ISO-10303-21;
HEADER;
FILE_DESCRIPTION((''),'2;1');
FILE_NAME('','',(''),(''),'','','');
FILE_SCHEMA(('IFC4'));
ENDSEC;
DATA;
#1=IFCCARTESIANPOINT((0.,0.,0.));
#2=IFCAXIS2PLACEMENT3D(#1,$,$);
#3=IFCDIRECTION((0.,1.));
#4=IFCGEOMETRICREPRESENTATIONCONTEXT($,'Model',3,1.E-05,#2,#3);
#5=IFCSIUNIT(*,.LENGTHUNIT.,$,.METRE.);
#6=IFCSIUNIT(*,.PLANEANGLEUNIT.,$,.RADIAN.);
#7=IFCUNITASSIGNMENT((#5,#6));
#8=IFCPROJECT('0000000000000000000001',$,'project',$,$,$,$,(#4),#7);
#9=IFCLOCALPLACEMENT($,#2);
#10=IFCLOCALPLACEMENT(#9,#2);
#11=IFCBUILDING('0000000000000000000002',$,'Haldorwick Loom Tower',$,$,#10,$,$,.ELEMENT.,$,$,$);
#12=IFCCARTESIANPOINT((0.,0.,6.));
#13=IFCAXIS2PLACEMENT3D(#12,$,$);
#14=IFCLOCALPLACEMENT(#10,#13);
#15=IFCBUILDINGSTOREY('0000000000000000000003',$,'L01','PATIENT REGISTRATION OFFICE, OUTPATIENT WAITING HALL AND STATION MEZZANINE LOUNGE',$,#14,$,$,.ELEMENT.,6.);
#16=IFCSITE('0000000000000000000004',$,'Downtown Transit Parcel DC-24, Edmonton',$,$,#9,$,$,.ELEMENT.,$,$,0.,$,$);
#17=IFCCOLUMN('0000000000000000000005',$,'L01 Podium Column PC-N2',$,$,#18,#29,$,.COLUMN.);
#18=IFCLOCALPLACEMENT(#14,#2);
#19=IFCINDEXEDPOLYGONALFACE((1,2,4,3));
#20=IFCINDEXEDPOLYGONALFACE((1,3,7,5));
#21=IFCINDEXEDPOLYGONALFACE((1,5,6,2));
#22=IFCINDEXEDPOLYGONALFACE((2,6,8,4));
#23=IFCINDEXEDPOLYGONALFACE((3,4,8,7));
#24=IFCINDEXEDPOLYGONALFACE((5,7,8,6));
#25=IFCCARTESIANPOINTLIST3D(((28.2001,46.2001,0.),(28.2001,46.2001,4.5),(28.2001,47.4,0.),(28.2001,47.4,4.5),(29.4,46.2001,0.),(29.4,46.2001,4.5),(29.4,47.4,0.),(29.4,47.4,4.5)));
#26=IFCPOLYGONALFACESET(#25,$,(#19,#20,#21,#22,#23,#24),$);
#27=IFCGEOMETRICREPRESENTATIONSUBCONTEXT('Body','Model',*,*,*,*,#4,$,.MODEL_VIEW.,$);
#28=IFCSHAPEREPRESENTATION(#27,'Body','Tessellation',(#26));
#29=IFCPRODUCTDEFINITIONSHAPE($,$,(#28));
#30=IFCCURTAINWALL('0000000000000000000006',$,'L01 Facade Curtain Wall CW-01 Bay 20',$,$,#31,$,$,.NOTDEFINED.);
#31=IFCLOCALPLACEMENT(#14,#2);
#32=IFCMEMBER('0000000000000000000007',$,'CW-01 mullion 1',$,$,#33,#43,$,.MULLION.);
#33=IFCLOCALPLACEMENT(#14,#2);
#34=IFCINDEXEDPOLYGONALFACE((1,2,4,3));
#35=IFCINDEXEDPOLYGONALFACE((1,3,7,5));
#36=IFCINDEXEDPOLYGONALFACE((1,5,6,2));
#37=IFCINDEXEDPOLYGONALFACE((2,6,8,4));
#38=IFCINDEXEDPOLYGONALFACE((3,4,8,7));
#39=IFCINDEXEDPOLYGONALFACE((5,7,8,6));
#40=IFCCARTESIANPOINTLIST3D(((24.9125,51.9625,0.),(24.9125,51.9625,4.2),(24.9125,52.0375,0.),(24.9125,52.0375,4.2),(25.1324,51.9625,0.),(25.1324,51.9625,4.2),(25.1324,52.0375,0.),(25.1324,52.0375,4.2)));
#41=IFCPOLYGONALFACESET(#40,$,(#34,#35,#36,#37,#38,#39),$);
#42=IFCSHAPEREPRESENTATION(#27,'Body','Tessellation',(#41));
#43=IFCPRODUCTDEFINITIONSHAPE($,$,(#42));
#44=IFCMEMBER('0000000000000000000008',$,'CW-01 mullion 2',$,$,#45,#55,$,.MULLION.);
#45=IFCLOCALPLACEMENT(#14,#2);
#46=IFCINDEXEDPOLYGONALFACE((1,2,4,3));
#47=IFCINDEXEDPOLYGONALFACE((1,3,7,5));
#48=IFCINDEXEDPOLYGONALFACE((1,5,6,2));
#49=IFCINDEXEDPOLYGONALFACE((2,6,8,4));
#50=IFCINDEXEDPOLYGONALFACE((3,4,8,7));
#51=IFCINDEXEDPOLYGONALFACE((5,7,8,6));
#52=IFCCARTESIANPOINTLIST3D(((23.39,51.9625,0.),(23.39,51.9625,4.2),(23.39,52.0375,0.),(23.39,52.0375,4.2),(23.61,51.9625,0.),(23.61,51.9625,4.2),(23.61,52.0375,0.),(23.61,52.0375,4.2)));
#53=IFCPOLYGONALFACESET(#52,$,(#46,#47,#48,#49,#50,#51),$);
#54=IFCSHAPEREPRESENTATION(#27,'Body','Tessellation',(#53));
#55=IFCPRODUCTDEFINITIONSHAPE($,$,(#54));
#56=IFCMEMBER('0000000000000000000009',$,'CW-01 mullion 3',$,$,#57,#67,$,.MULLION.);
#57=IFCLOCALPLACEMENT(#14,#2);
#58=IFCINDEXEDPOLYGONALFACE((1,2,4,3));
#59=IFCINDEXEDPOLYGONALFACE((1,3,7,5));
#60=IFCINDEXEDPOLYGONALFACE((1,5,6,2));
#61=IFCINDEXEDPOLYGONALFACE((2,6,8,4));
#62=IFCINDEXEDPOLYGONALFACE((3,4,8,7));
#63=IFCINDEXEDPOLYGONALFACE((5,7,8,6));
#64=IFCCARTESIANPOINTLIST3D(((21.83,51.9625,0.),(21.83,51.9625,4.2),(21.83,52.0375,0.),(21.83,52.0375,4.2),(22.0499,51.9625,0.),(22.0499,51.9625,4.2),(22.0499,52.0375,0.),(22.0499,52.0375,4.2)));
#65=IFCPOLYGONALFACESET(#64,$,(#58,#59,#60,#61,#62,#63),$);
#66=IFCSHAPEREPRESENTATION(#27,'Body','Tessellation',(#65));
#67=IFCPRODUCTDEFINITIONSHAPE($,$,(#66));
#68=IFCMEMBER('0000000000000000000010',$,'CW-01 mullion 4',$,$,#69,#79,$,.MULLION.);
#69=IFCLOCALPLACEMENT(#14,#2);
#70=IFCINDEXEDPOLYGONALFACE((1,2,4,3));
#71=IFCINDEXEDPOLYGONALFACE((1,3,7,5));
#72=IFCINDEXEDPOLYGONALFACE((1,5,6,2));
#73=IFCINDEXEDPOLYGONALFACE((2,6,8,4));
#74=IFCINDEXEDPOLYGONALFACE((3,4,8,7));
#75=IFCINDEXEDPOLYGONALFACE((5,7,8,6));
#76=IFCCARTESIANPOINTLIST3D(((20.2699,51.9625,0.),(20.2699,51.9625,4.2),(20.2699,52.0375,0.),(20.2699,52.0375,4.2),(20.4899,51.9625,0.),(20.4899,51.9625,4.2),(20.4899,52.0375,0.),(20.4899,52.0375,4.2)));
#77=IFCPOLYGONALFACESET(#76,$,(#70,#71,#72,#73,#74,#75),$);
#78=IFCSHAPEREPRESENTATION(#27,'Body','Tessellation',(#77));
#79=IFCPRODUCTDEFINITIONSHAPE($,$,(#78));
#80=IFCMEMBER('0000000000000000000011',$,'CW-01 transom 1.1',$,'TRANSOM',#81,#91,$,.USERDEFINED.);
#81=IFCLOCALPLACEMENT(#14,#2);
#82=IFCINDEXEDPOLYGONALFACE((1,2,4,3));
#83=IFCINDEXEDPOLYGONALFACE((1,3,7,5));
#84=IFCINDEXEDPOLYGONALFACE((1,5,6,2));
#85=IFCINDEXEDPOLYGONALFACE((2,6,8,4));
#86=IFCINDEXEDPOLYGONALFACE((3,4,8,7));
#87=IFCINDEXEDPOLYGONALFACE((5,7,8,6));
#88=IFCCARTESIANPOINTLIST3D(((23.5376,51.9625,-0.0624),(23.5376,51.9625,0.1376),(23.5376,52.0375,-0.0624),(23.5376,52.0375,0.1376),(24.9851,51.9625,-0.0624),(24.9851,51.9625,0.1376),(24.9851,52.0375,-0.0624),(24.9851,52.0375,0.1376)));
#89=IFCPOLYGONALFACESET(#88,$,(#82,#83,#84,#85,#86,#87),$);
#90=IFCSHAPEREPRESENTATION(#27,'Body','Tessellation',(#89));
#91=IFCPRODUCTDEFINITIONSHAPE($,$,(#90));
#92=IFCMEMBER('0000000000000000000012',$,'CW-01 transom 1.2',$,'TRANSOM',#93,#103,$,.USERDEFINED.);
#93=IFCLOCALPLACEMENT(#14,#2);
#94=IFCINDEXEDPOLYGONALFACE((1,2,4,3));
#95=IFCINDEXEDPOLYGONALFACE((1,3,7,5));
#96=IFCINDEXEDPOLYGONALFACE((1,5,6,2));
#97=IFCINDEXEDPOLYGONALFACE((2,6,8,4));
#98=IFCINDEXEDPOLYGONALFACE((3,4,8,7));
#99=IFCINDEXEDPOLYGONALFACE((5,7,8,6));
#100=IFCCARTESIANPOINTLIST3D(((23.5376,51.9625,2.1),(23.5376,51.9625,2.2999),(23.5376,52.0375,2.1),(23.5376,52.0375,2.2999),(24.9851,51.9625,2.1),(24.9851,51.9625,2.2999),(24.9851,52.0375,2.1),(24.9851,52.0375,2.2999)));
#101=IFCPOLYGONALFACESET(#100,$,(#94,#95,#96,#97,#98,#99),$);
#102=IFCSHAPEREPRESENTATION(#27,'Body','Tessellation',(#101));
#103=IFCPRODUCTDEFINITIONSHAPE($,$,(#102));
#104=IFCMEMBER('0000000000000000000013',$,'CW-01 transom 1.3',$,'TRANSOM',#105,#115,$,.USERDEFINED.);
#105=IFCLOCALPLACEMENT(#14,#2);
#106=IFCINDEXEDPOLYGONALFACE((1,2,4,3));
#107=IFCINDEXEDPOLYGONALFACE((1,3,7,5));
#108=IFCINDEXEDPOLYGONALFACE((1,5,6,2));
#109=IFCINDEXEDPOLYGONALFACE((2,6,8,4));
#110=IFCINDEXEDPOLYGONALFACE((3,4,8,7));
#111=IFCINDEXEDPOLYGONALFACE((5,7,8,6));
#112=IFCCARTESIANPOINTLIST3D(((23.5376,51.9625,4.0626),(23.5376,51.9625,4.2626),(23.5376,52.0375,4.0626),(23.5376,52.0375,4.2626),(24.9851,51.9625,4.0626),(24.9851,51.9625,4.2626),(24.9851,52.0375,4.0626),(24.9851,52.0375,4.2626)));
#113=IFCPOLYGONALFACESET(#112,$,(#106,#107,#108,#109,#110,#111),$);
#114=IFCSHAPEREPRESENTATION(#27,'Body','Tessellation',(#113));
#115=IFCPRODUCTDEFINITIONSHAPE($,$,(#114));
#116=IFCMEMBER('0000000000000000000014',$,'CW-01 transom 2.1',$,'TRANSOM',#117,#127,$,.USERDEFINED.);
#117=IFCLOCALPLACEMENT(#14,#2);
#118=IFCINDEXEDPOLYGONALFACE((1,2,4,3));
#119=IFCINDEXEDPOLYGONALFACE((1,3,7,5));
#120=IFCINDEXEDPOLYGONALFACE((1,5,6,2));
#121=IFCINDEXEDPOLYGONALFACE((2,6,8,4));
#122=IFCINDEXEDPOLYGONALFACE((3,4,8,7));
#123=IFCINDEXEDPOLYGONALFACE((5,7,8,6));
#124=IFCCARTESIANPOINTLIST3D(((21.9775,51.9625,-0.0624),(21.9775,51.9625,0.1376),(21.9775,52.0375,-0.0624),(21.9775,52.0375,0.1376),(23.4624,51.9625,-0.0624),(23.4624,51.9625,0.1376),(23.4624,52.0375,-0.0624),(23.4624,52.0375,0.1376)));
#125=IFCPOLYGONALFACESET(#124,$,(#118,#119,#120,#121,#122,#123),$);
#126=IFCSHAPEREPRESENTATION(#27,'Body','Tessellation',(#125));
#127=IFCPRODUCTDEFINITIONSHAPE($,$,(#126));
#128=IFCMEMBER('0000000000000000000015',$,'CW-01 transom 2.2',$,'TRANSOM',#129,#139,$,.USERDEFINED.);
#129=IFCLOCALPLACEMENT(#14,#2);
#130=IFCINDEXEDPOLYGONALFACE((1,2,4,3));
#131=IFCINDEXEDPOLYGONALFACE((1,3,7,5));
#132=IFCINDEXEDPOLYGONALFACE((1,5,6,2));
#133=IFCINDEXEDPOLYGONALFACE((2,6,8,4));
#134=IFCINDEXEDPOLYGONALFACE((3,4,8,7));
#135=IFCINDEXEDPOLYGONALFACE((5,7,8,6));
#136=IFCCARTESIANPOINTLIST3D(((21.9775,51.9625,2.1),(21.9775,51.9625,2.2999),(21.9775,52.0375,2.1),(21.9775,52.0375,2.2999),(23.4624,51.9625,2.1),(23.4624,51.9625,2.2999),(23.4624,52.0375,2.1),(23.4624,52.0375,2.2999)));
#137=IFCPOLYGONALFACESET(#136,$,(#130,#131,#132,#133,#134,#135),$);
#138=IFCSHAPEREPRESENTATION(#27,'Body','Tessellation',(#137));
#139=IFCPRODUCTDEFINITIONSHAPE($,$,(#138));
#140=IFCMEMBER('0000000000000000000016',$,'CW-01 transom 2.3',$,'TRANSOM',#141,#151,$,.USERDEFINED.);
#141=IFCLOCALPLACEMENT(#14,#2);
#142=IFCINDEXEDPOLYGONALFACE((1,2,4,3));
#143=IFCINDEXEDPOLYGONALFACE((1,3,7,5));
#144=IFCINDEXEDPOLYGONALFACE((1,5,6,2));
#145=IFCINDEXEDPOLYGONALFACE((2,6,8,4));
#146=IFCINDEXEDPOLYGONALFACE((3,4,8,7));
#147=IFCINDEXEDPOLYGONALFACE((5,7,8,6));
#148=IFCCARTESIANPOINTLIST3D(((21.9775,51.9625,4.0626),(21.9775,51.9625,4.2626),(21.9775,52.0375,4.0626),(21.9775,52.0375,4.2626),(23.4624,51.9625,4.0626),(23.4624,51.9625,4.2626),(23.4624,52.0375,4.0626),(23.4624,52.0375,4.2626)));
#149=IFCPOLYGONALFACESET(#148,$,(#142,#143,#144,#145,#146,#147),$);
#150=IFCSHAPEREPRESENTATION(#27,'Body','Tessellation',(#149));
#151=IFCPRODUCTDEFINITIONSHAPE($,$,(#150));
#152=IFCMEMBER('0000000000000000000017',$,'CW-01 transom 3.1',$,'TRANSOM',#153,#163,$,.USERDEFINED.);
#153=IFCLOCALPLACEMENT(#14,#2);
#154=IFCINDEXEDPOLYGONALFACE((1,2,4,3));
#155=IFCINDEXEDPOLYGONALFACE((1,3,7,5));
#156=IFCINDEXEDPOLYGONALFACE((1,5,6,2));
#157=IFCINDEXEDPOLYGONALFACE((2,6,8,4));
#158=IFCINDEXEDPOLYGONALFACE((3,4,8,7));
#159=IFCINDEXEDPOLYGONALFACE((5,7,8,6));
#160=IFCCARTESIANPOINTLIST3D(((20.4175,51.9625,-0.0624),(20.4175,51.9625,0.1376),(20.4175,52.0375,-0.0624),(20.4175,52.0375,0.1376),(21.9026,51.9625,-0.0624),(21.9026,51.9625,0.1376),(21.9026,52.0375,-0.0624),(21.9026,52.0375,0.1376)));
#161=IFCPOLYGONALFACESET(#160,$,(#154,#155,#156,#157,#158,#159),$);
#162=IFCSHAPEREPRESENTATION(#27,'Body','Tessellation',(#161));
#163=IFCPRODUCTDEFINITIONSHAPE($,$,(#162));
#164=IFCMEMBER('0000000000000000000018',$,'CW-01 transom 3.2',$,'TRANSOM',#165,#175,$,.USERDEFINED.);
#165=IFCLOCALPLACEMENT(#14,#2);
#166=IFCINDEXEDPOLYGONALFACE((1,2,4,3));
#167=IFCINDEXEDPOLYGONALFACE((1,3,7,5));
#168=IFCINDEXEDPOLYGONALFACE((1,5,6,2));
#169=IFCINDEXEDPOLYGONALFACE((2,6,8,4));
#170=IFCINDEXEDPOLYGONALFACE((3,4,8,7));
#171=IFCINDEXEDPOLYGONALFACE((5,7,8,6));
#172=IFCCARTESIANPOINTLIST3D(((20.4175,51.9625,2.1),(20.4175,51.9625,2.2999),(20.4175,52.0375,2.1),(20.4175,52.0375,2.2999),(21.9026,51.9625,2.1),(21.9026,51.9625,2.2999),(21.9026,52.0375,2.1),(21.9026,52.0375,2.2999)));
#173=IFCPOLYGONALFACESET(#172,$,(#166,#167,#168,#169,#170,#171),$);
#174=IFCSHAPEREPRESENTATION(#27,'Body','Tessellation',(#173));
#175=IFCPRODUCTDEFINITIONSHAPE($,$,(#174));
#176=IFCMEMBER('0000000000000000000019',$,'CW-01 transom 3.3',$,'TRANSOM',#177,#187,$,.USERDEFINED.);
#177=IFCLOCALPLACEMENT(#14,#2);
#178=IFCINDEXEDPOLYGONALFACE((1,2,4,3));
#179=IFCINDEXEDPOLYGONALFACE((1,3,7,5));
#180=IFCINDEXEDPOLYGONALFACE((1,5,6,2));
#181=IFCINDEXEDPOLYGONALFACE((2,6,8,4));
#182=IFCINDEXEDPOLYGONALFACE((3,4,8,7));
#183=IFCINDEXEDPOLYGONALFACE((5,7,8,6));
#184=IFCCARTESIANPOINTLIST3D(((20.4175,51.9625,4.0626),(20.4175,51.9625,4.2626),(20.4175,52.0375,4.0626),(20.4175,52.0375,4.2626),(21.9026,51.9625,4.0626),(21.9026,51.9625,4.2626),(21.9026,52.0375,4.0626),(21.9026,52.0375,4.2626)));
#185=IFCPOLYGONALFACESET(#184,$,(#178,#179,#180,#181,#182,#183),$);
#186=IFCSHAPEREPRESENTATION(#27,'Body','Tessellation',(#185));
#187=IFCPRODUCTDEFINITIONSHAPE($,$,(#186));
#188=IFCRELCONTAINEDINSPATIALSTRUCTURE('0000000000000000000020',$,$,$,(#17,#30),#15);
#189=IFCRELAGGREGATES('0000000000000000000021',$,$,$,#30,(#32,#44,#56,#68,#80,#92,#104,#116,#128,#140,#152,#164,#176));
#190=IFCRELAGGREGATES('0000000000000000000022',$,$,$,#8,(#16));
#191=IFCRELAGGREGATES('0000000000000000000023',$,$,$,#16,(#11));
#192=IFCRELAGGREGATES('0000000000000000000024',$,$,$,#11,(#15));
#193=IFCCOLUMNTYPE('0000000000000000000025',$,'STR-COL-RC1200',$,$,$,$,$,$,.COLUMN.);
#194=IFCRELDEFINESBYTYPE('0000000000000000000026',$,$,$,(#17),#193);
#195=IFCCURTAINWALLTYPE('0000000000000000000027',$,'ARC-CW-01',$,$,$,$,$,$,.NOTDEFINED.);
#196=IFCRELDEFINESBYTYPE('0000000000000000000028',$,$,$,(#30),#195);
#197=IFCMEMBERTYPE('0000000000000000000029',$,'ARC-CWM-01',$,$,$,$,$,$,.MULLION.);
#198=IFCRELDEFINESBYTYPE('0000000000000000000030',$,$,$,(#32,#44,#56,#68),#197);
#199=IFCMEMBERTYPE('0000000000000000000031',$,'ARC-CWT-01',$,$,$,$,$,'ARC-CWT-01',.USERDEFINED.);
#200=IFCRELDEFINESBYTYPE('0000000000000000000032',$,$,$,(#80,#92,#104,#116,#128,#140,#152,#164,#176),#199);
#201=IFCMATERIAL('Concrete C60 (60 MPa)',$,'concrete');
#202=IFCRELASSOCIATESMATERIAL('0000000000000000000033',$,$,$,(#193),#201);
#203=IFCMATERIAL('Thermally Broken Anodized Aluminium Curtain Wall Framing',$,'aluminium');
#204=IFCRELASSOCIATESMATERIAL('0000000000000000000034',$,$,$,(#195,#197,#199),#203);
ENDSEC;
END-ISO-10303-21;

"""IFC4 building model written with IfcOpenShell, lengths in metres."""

from ifc_helpers import new_model, si_unit, direction, frame, origin, origin_2d, place, context, subcontext, project, spatial, rectangle, extrude, material, material_profile, profile_set, type_object, element, aggregate, save


model = new_model("IFC4")

# Units and contexts
model_context = context("Model", 3, precision=1e-05, world=origin(), true_north=direction((0.0, 1.0)))
body_context = subcontext(model_context, "Body", "Model", "MODEL_VIEW")
ifc_project = project(units=[si_unit("LENGTHUNIT", "METRE"), si_unit("PLANEANGLEUNIT", "RADIAN")], contexts=[model_context])

# Site, building, storey
site_placement = place(None, origin())
site = spatial("IfcSite", under=ifc_project, at=site_placement, Name="Downtown Transit Parcel DC-24, Edmonton", CompositionType="ELEMENT", RefElevation=0.0)
building_placement = place(site_placement, origin())
building = spatial("IfcBuilding", under=site, at=building_placement, Name="Haldorwick Loom Tower", CompositionType="ELEMENT")
storey_placement = place(building_placement, frame((0.0, 0.0, 6.0)))
storey = spatial("IfcBuildingStorey", under=building, at=storey_placement, Name="L01", Description="PATIENT REGISTRATION OFFICE, OUTPATIENT WAITING HALL AND STATION MEZZANINE LOUNGE", CompositionType="ELEMENT", Elevation=6.0)

# Column
ifc_material_1 = material(Name="Concrete C60 (60 MPa)", Category="concrete")
ifc_material_profile_1 = material_profile(ifc_material_1, rectangle(XDim=1.2, YDim=1.2, at=origin_2d()), Name="RC1200X1200", Category="concrete")
ifc_profile_set_1 = profile_set([ifc_material_profile_1], Name="Concrete C60 (60 MPa)")
column_type = type_object("IfcColumnType", Name="STR-COL-RC1200", PredefinedType="COLUMN", material=ifc_profile_set_1)
column_placement = place(storey_placement, frame((28.8, 46.8, 0.0), z_axis=(0.0, 0.0, 1.0), x_axis=(1.0, 0.0, 0.0)))
element("IfcColumn", 1, at=column_placement, inside=storey, type_object=column_type, Name="L01 Podium Column PC-N2", PredefinedType="COLUMN", context=body_context, shape_type="SweptSolid", body=[
    extrude(rectangle(XDim=1.2, YDim=1.2, at=origin_2d()), origin(), (0.0, 0.0, 1.0), 4.5),
])

# Curtain wall, members
ifc_material_2 = material(Name="Thermally Broken Anodized Aluminium Curtain Wall Framing", Category="aluminium")
curtain_wall_type = type_object("IfcCurtainWallType", Name="ARC-CW-01", PredefinedType="NOTDEFINED", material=ifc_material_2)
curtain_wall_placement = place(storey_placement, origin())
curtain_wall = element("IfcCurtainWall", 2, at=curtain_wall_placement, inside=storey, type_object=curtain_wall_type, Name="L01 Facade Curtain Wall CW-01 Bay 20", PredefinedType="NOTDEFINED")
ifc_material_profile_2 = material_profile(ifc_material_2, rectangle(XDim=0.075, YDim=0.22, at=origin_2d()), Name="ALU_MUL_75X220", Category="aluminium")
ifc_profile_set_2 = profile_set([ifc_material_profile_2], Name="Thermally Broken Anodized Aluminium Curtain Wall Framing")
member_type_1 = type_object("IfcMemberType", Name="ARC-CWM-01", PredefinedType="MULLION", material=ifc_profile_set_2)
member_1_placement = place(storey_placement, frame((25.0225, 52.0, 0.0), z_axis=(0.0, 0.0, 1.0), x_axis=(0.0, -1.0, 0.0)))
member_1 = element("IfcMember", 3, at=member_1_placement, type_object=member_type_1, Name="CW-01 mullion 1", PredefinedType="MULLION", context=body_context, shape_type="SweptSolid", body=[
    extrude(rectangle(XDim=0.075, YDim=0.22, at=origin_2d()), origin(), (0.0, 0.0, 1.0), 4.2),
])
member_2_placement = place(storey_placement, frame((23.5, 52.0, 0.0), z_axis=(0.0, 0.0, 1.0), x_axis=(0.0, -1.0, 0.0)))
member_2 = element("IfcMember", 4, at=member_2_placement, type_object=member_type_1, Name="CW-01 mullion 2", PredefinedType="MULLION", context=body_context, shape_type="SweptSolid", body=[
    extrude(rectangle(XDim=0.075, YDim=0.22, at=origin_2d()), origin(), (0.0, 0.0, 1.0), 4.2),
])
member_3_placement = place(storey_placement, frame((21.9399, 52.0, 0.0), z_axis=(0.0, 0.0, 1.0), x_axis=(0.0, -1.0, 0.0)))
member_3 = element("IfcMember", 5, at=member_3_placement, type_object=member_type_1, Name="CW-01 mullion 3", PredefinedType="MULLION", context=body_context, shape_type="SweptSolid", body=[
    extrude(rectangle(XDim=0.075, YDim=0.22, at=origin_2d()), origin(), (0.0, 0.0, 1.0), 4.2),
])
member_4_placement = place(storey_placement, frame((20.3799, 52.0, 0.0), z_axis=(0.0, 0.0, 1.0), x_axis=(0.0, -1.0, 0.0)))
member_4 = element("IfcMember", 6, at=member_4_placement, type_object=member_type_1, Name="CW-01 mullion 4", PredefinedType="MULLION", context=body_context, shape_type="SweptSolid", body=[
    extrude(rectangle(XDim=0.075, YDim=0.22, at=origin_2d()), origin(), (0.0, 0.0, 1.0), 4.2),
])
ifc_material_profile_3 = material_profile(ifc_material_2, rectangle(XDim=0.075, YDim=0.2, at=origin_2d()), Name="ALU_TRN_75X200", Category="aluminium")
ifc_profile_set_3 = profile_set([ifc_material_profile_3], Name="Thermally Broken Anodized Aluminium Curtain Wall Framing")
member_type_2 = type_object("IfcMemberType", Name="ARC-CWT-01", ElementType="ARC-CWT-01", PredefinedType="USERDEFINED", material=ifc_profile_set_3)
member_5_placement = place(storey_placement, frame((24.9851, 52.0, 0.0376), z_axis=(-1.0, 0.0, 0.0), x_axis=(0.0, -1.0, 0.0)))
member_5 = element("IfcMember", 7, at=member_5_placement, type_object=member_type_2, Name="CW-01 transom 1.1", ObjectType="TRANSOM", PredefinedType="USERDEFINED", context=body_context, shape_type="SweptSolid", body=[
    extrude(rectangle(XDim=0.075, YDim=0.2, at=origin_2d()), origin(), (0.0, 0.0, 1.0), 1.4475),
])
member_6_placement = place(storey_placement, frame((24.9851, 52.0, 2.2), z_axis=(-1.0, 0.0, 0.0), x_axis=(0.0, -1.0, 0.0)))
member_6 = element("IfcMember", 8, at=member_6_placement, type_object=member_type_2, Name="CW-01 transom 1.2", ObjectType="TRANSOM", PredefinedType="USERDEFINED", context=body_context, shape_type="SweptSolid", body=[
    extrude(rectangle(XDim=0.075, YDim=0.2, at=origin_2d()), origin(), (0.0, 0.0, 1.0), 1.4475),
])
member_7_placement = place(storey_placement, frame((24.9851, 52.0, 4.1626), z_axis=(-1.0, 0.0, 0.0), x_axis=(0.0, -1.0, 0.0)))
member_7 = element("IfcMember", 9, at=member_7_placement, type_object=member_type_2, Name="CW-01 transom 1.3", ObjectType="TRANSOM", PredefinedType="USERDEFINED", context=body_context, shape_type="SweptSolid", body=[
    extrude(rectangle(XDim=0.075, YDim=0.2, at=origin_2d()), origin(), (0.0, 0.0, 1.0), 1.4475),
])
member_8_placement = place(storey_placement, frame((23.4624, 52.0, 0.0376), z_axis=(-1.0, 0.0, 0.0), x_axis=(0.0, -1.0, 0.0)))
member_8 = element("IfcMember", 10, at=member_8_placement, type_object=member_type_2, Name="CW-01 transom 2.1", ObjectType="TRANSOM", PredefinedType="USERDEFINED", context=body_context, shape_type="SweptSolid", body=[
    extrude(rectangle(XDim=0.075, YDim=0.2, at=origin_2d()), origin(), (0.0, 0.0, 1.0), 1.4849),
])
member_9_placement = place(storey_placement, frame((23.4624, 52.0, 2.2), z_axis=(-1.0, 0.0, 0.0), x_axis=(0.0, -1.0, 0.0)))
member_9 = element("IfcMember", 11, at=member_9_placement, type_object=member_type_2, Name="CW-01 transom 2.2", ObjectType="TRANSOM", PredefinedType="USERDEFINED", context=body_context, shape_type="SweptSolid", body=[
    extrude(rectangle(XDim=0.075, YDim=0.2, at=origin_2d()), origin(), (0.0, 0.0, 1.0), 1.4849),
])
member_10_placement = place(storey_placement, frame((23.4624, 52.0, 4.1626), z_axis=(-1.0, 0.0, 0.0), x_axis=(0.0, -1.0, 0.0)))
member_10 = element("IfcMember", 12, at=member_10_placement, type_object=member_type_2, Name="CW-01 transom 2.3", ObjectType="TRANSOM", PredefinedType="USERDEFINED", context=body_context, shape_type="SweptSolid", body=[
    extrude(rectangle(XDim=0.075, YDim=0.2, at=origin_2d()), origin(), (0.0, 0.0, 1.0), 1.4849),
])
member_11_placement = place(storey_placement, frame((21.9026, 52.0, 0.0376), z_axis=(-1.0, 0.0, 0.0), x_axis=(0.0, -1.0, 0.0)))
member_11 = element("IfcMember", 13, at=member_11_placement, type_object=member_type_2, Name="CW-01 transom 3.1", ObjectType="TRANSOM", PredefinedType="USERDEFINED", context=body_context, shape_type="SweptSolid", body=[
    extrude(rectangle(XDim=0.075, YDim=0.2, at=origin_2d()), origin(), (0.0, 0.0, 1.0), 1.4851),
])
member_12_placement = place(storey_placement, frame((21.9026, 52.0, 2.2), z_axis=(-1.0, 0.0, 0.0), x_axis=(0.0, -1.0, 0.0)))
member_12 = element("IfcMember", 14, at=member_12_placement, type_object=member_type_2, Name="CW-01 transom 3.2", ObjectType="TRANSOM", PredefinedType="USERDEFINED", context=body_context, shape_type="SweptSolid", body=[
    extrude(rectangle(XDim=0.075, YDim=0.2, at=origin_2d()), origin(), (0.0, 0.0, 1.0), 1.4851),
])
member_13_placement = place(storey_placement, frame((21.9026, 52.0, 4.1626), z_axis=(-1.0, 0.0, 0.0), x_axis=(0.0, -1.0, 0.0)))
member_13 = element("IfcMember", 15, at=member_13_placement, type_object=member_type_2, Name="CW-01 transom 3.3", ObjectType="TRANSOM", PredefinedType="USERDEFINED", context=body_context, shape_type="SweptSolid", body=[
    extrude(rectangle(XDim=0.075, YDim=0.2, at=origin_2d()), origin(), (0.0, 0.0, 1.0), 1.4851),
])

aggregate(curtain_wall, [member_1, member_2, member_3, member_4, member_5, member_6, member_7, member_8, member_9, member_10, member_11, member_12, member_13])

save(model, "model.ifc")
